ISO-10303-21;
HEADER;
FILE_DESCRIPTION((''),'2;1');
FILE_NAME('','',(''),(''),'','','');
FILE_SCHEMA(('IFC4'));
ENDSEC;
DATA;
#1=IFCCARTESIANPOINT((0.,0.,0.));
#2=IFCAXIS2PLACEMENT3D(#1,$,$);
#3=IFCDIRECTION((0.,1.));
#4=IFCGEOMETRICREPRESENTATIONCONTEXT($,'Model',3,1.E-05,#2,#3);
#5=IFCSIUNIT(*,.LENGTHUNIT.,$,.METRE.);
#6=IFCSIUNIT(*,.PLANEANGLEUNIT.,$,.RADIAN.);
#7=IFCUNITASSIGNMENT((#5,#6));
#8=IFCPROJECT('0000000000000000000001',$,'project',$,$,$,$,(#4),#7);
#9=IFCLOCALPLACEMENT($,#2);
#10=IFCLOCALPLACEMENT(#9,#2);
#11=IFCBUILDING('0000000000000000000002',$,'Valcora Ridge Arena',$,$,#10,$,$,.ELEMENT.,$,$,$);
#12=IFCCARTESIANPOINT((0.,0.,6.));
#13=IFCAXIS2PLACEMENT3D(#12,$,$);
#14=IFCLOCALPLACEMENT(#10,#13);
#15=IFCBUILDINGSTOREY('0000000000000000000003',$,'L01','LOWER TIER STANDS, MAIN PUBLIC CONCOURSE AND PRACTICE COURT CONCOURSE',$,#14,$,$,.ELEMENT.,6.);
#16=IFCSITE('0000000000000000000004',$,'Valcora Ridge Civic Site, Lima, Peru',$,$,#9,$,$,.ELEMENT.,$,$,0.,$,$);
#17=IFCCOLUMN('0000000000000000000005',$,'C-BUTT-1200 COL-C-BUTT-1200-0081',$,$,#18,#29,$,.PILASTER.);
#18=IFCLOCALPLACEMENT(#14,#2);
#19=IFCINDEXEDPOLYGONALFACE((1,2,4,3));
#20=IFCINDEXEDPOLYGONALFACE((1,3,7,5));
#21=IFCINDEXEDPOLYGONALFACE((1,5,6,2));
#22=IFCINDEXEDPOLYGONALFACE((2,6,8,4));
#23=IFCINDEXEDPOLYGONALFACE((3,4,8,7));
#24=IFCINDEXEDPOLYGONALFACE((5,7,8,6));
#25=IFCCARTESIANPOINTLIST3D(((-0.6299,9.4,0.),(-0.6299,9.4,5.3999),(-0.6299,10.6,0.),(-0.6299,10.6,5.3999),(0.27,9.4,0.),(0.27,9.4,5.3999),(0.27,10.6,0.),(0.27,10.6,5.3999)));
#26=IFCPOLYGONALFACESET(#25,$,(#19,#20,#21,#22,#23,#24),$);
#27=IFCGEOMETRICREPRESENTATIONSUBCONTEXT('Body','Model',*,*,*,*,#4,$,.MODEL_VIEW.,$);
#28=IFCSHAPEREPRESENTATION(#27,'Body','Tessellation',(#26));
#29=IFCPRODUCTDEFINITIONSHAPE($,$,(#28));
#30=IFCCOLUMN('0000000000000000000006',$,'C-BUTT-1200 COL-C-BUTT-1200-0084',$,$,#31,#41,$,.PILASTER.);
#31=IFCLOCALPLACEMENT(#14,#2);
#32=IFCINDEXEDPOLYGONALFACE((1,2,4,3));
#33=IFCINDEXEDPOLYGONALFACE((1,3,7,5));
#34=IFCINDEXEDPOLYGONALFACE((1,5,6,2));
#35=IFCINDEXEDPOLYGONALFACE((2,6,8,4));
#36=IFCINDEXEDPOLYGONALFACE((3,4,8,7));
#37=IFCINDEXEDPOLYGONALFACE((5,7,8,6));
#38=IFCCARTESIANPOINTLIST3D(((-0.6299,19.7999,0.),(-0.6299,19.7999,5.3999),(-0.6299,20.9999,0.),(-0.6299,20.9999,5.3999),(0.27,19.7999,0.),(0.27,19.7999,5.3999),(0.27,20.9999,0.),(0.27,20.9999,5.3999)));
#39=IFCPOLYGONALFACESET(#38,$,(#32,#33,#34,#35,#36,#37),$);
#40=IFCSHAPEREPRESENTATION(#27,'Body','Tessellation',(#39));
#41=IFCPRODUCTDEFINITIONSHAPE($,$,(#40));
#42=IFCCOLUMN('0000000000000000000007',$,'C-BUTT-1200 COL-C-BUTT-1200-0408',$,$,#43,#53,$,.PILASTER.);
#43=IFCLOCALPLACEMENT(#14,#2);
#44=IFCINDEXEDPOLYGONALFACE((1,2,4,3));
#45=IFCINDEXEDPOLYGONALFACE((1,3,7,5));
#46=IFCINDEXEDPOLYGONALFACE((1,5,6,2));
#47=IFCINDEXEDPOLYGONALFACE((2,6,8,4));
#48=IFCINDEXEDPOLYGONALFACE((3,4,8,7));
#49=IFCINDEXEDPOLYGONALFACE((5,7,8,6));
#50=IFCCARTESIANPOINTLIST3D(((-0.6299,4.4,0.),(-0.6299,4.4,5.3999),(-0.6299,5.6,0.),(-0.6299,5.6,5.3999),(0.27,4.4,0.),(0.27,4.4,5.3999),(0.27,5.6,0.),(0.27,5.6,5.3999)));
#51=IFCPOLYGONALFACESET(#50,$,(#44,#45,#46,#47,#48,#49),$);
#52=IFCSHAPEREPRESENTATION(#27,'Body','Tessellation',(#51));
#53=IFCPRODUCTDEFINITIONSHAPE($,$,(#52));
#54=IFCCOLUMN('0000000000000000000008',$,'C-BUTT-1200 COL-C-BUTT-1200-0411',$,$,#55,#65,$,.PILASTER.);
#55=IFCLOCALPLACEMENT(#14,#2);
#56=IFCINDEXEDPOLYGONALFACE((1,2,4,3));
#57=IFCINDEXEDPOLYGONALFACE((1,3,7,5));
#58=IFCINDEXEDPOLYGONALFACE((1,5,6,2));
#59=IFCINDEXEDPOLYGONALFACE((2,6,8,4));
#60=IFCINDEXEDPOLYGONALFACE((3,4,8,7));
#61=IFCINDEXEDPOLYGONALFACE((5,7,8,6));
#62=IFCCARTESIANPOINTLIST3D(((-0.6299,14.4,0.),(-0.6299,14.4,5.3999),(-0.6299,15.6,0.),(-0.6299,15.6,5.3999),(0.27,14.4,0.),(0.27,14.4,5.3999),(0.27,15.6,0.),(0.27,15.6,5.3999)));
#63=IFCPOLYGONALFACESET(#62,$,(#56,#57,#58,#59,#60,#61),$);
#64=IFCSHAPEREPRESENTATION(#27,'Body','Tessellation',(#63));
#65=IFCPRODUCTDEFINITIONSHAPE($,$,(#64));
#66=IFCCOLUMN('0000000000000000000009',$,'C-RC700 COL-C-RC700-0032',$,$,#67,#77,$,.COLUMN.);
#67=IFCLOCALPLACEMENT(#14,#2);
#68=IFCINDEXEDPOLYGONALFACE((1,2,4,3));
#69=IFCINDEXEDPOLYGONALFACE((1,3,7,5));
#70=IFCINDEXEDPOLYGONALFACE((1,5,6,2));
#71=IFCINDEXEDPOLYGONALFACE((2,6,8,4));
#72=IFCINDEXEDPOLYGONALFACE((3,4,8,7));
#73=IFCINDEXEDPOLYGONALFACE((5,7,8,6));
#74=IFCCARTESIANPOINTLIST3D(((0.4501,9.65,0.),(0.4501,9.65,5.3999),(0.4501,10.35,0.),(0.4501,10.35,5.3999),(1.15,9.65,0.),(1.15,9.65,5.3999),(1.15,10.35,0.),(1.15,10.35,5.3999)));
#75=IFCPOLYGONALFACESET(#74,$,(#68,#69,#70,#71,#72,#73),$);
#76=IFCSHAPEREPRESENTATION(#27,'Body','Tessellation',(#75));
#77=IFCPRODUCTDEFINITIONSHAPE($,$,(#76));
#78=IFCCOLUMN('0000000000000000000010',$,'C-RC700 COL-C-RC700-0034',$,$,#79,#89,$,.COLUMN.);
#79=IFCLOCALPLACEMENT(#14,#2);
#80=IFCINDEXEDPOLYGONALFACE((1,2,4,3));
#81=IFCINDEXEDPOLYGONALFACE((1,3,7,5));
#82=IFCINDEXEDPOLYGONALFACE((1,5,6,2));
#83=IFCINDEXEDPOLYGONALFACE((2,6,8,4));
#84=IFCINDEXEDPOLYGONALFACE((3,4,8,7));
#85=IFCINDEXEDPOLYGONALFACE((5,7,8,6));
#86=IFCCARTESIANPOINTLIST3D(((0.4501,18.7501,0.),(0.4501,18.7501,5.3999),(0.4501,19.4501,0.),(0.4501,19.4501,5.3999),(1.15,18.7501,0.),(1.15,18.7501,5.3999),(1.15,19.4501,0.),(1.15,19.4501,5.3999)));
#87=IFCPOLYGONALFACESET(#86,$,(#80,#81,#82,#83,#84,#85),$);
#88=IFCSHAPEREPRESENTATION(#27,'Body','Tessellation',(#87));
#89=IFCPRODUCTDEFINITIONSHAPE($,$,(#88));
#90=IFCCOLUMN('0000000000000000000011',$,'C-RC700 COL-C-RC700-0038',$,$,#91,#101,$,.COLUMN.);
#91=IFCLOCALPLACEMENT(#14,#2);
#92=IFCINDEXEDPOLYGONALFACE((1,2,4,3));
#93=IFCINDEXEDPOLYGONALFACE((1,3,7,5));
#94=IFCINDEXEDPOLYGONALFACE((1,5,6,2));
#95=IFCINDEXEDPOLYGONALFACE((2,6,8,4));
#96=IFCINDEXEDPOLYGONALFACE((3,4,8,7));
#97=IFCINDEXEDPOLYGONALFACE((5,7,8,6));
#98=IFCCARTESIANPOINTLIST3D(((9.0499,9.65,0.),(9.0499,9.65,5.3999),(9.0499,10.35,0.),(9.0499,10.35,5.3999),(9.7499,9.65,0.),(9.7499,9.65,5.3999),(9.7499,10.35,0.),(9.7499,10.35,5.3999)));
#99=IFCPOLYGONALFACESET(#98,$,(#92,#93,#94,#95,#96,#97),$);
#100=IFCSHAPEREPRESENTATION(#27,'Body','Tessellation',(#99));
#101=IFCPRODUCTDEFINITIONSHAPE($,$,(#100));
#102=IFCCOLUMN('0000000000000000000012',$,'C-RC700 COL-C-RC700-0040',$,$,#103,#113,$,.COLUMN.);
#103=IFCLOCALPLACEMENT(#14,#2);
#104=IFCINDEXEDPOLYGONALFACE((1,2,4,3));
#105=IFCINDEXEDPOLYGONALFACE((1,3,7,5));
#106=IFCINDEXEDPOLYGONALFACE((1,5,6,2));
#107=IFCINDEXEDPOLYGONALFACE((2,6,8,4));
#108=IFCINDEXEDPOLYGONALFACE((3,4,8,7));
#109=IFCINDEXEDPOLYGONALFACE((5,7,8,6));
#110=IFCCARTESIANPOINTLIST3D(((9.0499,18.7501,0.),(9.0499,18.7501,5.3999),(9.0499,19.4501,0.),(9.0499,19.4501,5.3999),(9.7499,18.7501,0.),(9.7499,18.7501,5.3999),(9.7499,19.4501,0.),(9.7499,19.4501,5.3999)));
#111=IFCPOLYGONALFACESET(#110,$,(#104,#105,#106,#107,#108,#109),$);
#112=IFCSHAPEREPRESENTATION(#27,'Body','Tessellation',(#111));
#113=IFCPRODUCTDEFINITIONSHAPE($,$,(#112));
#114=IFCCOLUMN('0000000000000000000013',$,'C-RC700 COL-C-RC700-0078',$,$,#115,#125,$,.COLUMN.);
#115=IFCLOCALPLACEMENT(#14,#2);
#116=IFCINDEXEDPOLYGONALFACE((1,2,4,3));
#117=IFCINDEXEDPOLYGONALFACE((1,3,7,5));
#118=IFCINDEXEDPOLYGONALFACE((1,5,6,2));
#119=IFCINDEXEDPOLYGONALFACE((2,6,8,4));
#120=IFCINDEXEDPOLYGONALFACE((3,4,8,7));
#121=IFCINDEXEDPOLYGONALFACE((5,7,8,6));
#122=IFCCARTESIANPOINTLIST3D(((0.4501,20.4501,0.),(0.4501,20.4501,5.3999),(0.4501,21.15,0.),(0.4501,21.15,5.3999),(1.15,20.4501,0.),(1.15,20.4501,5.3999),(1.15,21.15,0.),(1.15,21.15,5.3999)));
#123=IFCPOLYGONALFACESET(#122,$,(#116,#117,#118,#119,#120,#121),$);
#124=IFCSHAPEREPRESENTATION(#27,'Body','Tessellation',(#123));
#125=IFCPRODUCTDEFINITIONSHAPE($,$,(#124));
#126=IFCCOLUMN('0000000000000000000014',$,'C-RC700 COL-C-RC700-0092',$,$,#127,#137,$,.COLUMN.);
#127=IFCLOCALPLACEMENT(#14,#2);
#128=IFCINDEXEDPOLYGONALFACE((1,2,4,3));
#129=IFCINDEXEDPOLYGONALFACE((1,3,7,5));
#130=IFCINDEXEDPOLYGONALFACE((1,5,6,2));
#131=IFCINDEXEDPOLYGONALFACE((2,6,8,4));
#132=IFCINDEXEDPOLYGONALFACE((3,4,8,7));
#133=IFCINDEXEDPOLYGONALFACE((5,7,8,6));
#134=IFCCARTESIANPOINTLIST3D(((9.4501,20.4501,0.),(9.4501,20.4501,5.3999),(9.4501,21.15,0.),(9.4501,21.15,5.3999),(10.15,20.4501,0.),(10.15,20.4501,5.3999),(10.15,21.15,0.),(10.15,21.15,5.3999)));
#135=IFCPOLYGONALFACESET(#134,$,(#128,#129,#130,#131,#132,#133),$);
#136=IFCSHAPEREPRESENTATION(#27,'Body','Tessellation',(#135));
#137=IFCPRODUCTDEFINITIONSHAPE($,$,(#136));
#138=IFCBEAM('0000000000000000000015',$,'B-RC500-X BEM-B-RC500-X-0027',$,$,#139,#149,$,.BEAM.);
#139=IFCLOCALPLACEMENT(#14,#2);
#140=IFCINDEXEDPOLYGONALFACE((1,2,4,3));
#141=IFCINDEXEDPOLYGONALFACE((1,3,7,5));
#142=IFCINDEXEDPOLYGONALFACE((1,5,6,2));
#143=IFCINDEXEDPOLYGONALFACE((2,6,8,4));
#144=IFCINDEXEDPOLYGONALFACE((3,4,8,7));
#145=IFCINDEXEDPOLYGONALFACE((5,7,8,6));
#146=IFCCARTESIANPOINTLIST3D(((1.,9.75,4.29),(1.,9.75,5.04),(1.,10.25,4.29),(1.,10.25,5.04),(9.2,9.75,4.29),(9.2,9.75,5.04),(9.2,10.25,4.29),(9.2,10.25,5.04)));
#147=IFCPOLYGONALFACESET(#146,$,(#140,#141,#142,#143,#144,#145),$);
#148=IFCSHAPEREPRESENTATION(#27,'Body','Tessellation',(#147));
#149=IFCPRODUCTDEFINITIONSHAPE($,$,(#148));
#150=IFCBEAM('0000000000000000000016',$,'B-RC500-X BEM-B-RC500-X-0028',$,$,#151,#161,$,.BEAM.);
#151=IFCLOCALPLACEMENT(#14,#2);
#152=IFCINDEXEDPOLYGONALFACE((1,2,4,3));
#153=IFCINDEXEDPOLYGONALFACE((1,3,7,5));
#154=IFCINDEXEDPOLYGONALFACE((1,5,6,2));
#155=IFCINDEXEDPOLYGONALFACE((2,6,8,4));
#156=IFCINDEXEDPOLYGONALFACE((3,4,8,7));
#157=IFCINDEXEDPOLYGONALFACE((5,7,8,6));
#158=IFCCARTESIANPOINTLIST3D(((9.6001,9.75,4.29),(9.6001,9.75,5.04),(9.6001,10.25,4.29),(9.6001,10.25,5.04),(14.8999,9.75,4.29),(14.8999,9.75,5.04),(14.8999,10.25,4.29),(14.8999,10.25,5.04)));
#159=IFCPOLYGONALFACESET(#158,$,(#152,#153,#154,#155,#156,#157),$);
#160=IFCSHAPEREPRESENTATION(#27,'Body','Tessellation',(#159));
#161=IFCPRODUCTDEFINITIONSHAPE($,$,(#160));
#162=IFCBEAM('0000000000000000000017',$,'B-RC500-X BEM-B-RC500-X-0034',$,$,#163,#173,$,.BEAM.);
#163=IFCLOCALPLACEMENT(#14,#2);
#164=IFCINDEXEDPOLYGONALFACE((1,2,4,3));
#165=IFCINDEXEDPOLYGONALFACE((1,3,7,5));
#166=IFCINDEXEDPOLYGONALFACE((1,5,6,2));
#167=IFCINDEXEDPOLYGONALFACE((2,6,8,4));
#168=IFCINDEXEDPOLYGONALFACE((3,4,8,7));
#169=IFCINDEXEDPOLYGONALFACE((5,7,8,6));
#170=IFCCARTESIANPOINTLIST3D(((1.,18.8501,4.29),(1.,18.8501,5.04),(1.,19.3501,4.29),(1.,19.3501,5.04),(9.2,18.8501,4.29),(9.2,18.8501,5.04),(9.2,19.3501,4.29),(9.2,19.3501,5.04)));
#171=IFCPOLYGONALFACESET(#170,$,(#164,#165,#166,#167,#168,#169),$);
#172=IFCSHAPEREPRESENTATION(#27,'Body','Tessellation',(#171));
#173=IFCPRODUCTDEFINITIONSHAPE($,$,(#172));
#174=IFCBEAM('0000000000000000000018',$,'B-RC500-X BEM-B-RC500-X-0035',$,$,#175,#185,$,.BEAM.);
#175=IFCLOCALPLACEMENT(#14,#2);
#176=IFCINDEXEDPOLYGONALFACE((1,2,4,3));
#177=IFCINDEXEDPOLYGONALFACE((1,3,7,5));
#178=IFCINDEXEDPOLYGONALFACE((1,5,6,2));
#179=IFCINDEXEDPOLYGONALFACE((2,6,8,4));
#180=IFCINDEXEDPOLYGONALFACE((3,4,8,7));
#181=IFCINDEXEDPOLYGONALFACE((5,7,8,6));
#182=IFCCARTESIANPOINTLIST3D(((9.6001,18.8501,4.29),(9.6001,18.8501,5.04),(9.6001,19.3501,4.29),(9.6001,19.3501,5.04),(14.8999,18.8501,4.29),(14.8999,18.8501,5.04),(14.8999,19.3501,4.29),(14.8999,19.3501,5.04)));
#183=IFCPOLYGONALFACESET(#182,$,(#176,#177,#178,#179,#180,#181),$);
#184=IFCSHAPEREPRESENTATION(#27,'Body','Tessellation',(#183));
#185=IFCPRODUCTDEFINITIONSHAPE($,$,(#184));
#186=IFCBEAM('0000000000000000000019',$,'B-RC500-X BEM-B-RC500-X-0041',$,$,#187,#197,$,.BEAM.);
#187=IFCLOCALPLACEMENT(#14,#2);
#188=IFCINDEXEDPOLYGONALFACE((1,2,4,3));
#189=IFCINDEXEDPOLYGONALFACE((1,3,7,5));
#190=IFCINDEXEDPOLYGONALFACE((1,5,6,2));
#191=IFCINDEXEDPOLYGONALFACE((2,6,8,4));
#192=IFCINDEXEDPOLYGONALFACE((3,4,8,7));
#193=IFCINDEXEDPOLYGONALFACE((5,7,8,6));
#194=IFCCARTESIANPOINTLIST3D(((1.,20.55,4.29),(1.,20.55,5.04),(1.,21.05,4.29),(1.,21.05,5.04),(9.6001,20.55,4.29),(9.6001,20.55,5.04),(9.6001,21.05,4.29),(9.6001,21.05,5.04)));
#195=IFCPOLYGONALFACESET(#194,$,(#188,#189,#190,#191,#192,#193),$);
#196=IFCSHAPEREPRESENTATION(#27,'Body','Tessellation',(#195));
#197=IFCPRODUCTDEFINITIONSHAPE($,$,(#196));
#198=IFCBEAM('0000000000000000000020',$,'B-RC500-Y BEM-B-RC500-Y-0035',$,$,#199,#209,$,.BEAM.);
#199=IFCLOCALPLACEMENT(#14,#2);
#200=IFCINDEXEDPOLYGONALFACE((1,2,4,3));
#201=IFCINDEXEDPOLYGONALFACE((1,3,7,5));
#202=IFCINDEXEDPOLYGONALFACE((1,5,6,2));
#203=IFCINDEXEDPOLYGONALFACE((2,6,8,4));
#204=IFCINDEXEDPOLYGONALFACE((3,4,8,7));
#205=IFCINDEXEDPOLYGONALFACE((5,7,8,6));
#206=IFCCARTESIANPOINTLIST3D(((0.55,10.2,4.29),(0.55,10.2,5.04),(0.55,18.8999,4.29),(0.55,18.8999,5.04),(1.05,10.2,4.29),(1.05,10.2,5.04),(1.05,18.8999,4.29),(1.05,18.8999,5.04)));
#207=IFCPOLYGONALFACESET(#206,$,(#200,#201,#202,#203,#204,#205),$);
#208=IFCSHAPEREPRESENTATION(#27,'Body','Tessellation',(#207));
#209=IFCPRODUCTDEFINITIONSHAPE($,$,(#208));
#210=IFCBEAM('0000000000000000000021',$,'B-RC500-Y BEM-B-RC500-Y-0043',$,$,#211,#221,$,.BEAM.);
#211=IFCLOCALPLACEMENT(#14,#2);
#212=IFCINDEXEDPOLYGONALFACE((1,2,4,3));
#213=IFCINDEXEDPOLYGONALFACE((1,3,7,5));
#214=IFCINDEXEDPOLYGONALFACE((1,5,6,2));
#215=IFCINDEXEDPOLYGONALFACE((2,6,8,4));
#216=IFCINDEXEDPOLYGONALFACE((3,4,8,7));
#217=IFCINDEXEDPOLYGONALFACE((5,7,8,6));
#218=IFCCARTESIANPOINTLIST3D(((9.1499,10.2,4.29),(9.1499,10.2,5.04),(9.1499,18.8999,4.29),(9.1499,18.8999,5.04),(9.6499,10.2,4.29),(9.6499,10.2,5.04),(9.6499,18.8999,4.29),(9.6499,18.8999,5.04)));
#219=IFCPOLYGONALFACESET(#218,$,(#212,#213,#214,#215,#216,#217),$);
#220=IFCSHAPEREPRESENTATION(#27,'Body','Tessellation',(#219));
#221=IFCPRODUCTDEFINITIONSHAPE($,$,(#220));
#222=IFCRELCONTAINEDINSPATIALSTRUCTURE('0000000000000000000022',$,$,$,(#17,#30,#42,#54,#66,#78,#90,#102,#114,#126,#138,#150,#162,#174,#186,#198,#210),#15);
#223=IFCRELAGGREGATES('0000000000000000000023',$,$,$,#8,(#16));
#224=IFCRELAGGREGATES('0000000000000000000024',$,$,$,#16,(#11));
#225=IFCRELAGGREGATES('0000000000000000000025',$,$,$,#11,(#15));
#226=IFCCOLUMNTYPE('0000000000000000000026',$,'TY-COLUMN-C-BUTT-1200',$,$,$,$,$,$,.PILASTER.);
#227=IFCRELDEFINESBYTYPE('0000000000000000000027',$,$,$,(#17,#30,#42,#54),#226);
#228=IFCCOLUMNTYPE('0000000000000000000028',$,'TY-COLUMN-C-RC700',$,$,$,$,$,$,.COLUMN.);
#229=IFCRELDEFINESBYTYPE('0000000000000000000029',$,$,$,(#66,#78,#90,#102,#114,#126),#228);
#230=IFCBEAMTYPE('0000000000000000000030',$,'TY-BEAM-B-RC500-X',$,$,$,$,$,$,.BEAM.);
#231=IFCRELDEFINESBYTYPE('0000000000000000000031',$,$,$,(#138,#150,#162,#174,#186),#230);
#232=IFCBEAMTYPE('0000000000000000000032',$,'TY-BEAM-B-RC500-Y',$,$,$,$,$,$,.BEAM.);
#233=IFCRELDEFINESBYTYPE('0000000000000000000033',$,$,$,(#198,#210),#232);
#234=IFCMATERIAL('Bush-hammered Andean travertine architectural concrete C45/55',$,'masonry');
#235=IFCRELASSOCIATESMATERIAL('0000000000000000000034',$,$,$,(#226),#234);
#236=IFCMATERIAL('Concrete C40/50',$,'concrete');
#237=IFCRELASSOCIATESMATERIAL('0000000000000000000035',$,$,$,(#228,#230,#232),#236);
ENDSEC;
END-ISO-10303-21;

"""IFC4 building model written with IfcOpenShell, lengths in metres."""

from ifc_helpers import new_model, si_unit, direction, frame, origin, origin_2d, place, context, subcontext, project, spatial, rectangle, extrude, material, material_profile, profile_set, type_object, element, save


model = new_model("IFC4")

# Units and contexts
model_context = context("Model", 3, precision=1e-05, world=origin(), true_north=direction((0.0, 1.0)))
body_context = subcontext(model_context, "Body", "Model", "MODEL_VIEW")
ifc_project = project(units=[si_unit("LENGTHUNIT", "METRE"), si_unit("PLANEANGLEUNIT", "RADIAN")], contexts=[model_context])

# Site, building, storey
site_placement = place(None, origin())
site = spatial("IfcSite", under=ifc_project, at=site_placement, Name="Valcora Ridge Civic Site, Lima, Peru", CompositionType="ELEMENT", RefElevation=0.0)
building_placement = place(site_placement, origin())
building = spatial("IfcBuilding", under=site, at=building_placement, Name="Valcora Ridge Arena", CompositionType="ELEMENT")
storey_placement = place(building_placement, frame((0.0, 0.0, 6.0)))
storey = spatial("IfcBuildingStorey", under=building, at=storey_placement, Name="L01", Description="LOWER TIER STANDS, MAIN PUBLIC CONCOURSE AND PRACTICE COURT CONCOURSE", CompositionType="ELEMENT", Elevation=6.0)

# Columns
ifc_material_1 = material(Name="Bush-hammered Andean travertine architectural concrete C45/55", Category="masonry")
ifc_material_profile_1 = material_profile(ifc_material_1, rectangle(XDim=0.8999, YDim=1.2, at=origin_2d()), Name="RC 900x1200")
ifc_profile_set_1 = profile_set([ifc_material_profile_1], Name="Bush-hammered Andean travertine architectural concrete C45/55")
column_type_1 = type_object("IfcColumnType", Name="TY-COLUMN-C-BUTT-1200", PredefinedType="PILASTER", material=ifc_profile_set_1)
for number, where, z_axis, x_axis, name in (
    (1, (-0.1799, 10.0, 0.0), (0.0, 0.0, 1.0), (1.0, 0.0, 0.0), "C-BUTT-1200 COL-C-BUTT-1200-0081"),
    (2, (-0.1799, 20.3999, 0.0), (0.0, 0.0, 1.0), (1.0, 0.0, 0.0), "C-BUTT-1200 COL-C-BUTT-1200-0084"),
    (3, (-0.1799, 5.0, 0.0), (0.0, 0.0, 1.0), (1.0, 0.0, 0.0), "C-BUTT-1200 COL-C-BUTT-1200-0408"),
    (4, (-0.1799, 15.0, 0.0), (0.0, 0.0, 1.0), (1.0, 0.0, 0.0), "C-BUTT-1200 COL-C-BUTT-1200-0411"),
):
    element("IfcColumn", number, at=place(storey_placement, frame(where, z_axis=z_axis, x_axis=x_axis)), inside=storey, type_object=column_type_1, Name=name, PredefinedType="PILASTER", context=body_context, shape_type="SweptSolid", body=[
        extrude(rectangle(XDim=0.8999, YDim=1.2, at=origin_2d()), origin(), (0.0, 0.0, 1.0), 5.3999),
    ])
ifc_material_2 = material(Name="Concrete C40/50", Category="concrete")
ifc_material_profile_2 = material_profile(ifc_material_2, rectangle(XDim=0.7, YDim=0.7, at=origin_2d()), Name="RC 700x700")
ifc_profile_set_2 = profile_set([ifc_material_profile_2], Name="Concrete C40/50")
column_type_2 = type_object("IfcColumnType", Name="TY-COLUMN-C-RC700", PredefinedType="COLUMN", material=ifc_profile_set_2)
for number, where, z_axis, x_axis, name in (
    (5, (0.8, 10.0, 0.0), (0.0, 0.0, 1.0), (1.0, 0.0, 0.0), "C-RC700 COL-C-RC700-0032"),
    (6, (0.8, 19.1001, 0.0), (0.0, 0.0, 1.0), (1.0, 0.0, 0.0), "C-RC700 COL-C-RC700-0034"),
    (7, (9.3999, 10.0, 0.0), (0.0, 0.0, 1.0), (1.0, 0.0, 0.0), "C-RC700 COL-C-RC700-0038"),
    (8, (9.3999, 19.1001, 0.0), (0.0, 0.0, 1.0), (1.0, 0.0, 0.0), "C-RC700 COL-C-RC700-0040"),
    (9, (0.8, 20.8, 0.0), (0.0, 0.0, 1.0), (1.0, 0.0, 0.0), "C-RC700 COL-C-RC700-0078"),
    (10, (9.8, 20.8, 0.0), (0.0, 0.0, 1.0), (1.0, 0.0, 0.0), "C-RC700 COL-C-RC700-0092"),
):
    element("IfcColumn", number, at=place(storey_placement, frame(where, z_axis=z_axis, x_axis=x_axis)), inside=storey, type_object=column_type_2, Name=name, PredefinedType="COLUMN", context=body_context, shape_type="SweptSolid", body=[
        extrude(rectangle(XDim=0.7, YDim=0.7, at=origin_2d()), origin(), (0.0, 0.0, 1.0), 5.3999),
    ])

# Beams
ifc_material_profile_3 = material_profile(ifc_material_2, rectangle(XDim=0.5, YDim=0.75, at=origin_2d()), Name="RC 500x750")
ifc_profile_set_3 = profile_set([ifc_material_profile_3], Name="Concrete C40/50")
beam_type_1 = type_object("IfcBeamType", Name="TY-BEAM-B-RC500-X", PredefinedType="BEAM", material=ifc_profile_set_3)
beam_1_placement = place(storey_placement, frame((1.0, 10.0, 4.665), z_axis=(1.0, 0.0, 0.0), x_axis=(0.0, 1.0, 0.0)))
element("IfcBeam", 11, at=beam_1_placement, inside=storey, type_object=beam_type_1, Name="B-RC500-X BEM-B-RC500-X-0027", PredefinedType="BEAM", context=body_context, shape_type="SweptSolid", body=[
    extrude(rectangle(XDim=0.5, YDim=0.75, at=origin_2d()), origin(), (0.0, 0.0, 1.0), 8.2),
])
beam_2_placement = place(storey_placement, frame((9.6001, 10.0, 4.665), z_axis=(1.0, 0.0, 0.0), x_axis=(0.0, 1.0, 0.0)))
element("IfcBeam", 12, at=beam_2_placement, inside=storey, type_object=beam_type_1, Name="B-RC500-X BEM-B-RC500-X-0028", PredefinedType="BEAM", context=body_context, shape_type="SweptSolid", body=[
    extrude(rectangle(XDim=0.5, YDim=0.75, at=origin_2d()), origin(), (0.0, 0.0, 1.0), 5.2998),
])
beam_3_placement = place(storey_placement, frame((1.0, 19.1001, 4.665), z_axis=(1.0, 0.0, 0.0), x_axis=(0.0, 1.0, 0.0)))
element("IfcBeam", 13, at=beam_3_placement, inside=storey, type_object=beam_type_1, Name="B-RC500-X BEM-B-RC500-X-0034", PredefinedType="BEAM", context=body_context, shape_type="SweptSolid", body=[
    extrude(rectangle(XDim=0.5, YDim=0.75, at=origin_2d()), origin(), (0.0, 0.0, 1.0), 8.2),
])
beam_4_placement = place(storey_placement, frame((9.6001, 19.1001, 4.665), z_axis=(1.0, 0.0, 0.0), x_axis=(0.0, 1.0, 0.0)))
element("IfcBeam", 14, at=beam_4_placement, inside=storey, type_object=beam_type_1, Name="B-RC500-X BEM-B-RC500-X-0035", PredefinedType="BEAM", context=body_context, shape_type="SweptSolid", body=[
    extrude(rectangle(XDim=0.5, YDim=0.75, at=origin_2d()), origin(), (0.0, 0.0, 1.0), 5.2998),
])
beam_5_placement = place(storey_placement, frame((1.0, 20.8, 4.665), z_axis=(1.0, 0.0, 0.0), x_axis=(0.0, 1.0, 0.0)))
element("IfcBeam", 15, at=beam_5_placement, inside=storey, type_object=beam_type_1, Name="B-RC500-X BEM-B-RC500-X-0041", PredefinedType="BEAM", context=body_context, shape_type="SweptSolid", body=[
    extrude(rectangle(XDim=0.5, YDim=0.75, at=origin_2d()), origin(), (0.0, 0.0, 1.0), 8.6001),
])
ifc_material_profile_4 = material_profile(ifc_material_2, rectangle(XDim=0.5, YDim=0.75, at=origin_2d()), Name="RC 500x750")
ifc_profile_set_4 = profile_set([ifc_material_profile_4], Name="Concrete C40/50")
beam_type_2 = type_object("IfcBeamType", Name="TY-BEAM-B-RC500-Y", PredefinedType="BEAM", material=ifc_profile_set_4)
for number, where, z_axis, x_axis, name in (
    (16, (0.8, 10.2, 4.665), (0.0, 1.0, 0.0), (-1.0, 0.0, 0.0), "B-RC500-Y BEM-B-RC500-Y-0035"),
    (17, (9.3999, 10.2, 4.665), (0.0, 1.0, 0.0), (-1.0, 0.0, 0.0), "B-RC500-Y BEM-B-RC500-Y-0043"),
):
    element("IfcBeam", number, at=place(storey_placement, frame(where, z_axis=z_axis, x_axis=x_axis)), inside=storey, type_object=beam_type_2, Name=name, PredefinedType="BEAM", context=body_context, shape_type="SweptSolid", body=[
        extrude(rectangle(XDim=0.5, YDim=0.75, at=origin_2d()), origin(), (0.0, 0.0, 1.0), 8.7),
    ])

save(model, "model.ifc")
